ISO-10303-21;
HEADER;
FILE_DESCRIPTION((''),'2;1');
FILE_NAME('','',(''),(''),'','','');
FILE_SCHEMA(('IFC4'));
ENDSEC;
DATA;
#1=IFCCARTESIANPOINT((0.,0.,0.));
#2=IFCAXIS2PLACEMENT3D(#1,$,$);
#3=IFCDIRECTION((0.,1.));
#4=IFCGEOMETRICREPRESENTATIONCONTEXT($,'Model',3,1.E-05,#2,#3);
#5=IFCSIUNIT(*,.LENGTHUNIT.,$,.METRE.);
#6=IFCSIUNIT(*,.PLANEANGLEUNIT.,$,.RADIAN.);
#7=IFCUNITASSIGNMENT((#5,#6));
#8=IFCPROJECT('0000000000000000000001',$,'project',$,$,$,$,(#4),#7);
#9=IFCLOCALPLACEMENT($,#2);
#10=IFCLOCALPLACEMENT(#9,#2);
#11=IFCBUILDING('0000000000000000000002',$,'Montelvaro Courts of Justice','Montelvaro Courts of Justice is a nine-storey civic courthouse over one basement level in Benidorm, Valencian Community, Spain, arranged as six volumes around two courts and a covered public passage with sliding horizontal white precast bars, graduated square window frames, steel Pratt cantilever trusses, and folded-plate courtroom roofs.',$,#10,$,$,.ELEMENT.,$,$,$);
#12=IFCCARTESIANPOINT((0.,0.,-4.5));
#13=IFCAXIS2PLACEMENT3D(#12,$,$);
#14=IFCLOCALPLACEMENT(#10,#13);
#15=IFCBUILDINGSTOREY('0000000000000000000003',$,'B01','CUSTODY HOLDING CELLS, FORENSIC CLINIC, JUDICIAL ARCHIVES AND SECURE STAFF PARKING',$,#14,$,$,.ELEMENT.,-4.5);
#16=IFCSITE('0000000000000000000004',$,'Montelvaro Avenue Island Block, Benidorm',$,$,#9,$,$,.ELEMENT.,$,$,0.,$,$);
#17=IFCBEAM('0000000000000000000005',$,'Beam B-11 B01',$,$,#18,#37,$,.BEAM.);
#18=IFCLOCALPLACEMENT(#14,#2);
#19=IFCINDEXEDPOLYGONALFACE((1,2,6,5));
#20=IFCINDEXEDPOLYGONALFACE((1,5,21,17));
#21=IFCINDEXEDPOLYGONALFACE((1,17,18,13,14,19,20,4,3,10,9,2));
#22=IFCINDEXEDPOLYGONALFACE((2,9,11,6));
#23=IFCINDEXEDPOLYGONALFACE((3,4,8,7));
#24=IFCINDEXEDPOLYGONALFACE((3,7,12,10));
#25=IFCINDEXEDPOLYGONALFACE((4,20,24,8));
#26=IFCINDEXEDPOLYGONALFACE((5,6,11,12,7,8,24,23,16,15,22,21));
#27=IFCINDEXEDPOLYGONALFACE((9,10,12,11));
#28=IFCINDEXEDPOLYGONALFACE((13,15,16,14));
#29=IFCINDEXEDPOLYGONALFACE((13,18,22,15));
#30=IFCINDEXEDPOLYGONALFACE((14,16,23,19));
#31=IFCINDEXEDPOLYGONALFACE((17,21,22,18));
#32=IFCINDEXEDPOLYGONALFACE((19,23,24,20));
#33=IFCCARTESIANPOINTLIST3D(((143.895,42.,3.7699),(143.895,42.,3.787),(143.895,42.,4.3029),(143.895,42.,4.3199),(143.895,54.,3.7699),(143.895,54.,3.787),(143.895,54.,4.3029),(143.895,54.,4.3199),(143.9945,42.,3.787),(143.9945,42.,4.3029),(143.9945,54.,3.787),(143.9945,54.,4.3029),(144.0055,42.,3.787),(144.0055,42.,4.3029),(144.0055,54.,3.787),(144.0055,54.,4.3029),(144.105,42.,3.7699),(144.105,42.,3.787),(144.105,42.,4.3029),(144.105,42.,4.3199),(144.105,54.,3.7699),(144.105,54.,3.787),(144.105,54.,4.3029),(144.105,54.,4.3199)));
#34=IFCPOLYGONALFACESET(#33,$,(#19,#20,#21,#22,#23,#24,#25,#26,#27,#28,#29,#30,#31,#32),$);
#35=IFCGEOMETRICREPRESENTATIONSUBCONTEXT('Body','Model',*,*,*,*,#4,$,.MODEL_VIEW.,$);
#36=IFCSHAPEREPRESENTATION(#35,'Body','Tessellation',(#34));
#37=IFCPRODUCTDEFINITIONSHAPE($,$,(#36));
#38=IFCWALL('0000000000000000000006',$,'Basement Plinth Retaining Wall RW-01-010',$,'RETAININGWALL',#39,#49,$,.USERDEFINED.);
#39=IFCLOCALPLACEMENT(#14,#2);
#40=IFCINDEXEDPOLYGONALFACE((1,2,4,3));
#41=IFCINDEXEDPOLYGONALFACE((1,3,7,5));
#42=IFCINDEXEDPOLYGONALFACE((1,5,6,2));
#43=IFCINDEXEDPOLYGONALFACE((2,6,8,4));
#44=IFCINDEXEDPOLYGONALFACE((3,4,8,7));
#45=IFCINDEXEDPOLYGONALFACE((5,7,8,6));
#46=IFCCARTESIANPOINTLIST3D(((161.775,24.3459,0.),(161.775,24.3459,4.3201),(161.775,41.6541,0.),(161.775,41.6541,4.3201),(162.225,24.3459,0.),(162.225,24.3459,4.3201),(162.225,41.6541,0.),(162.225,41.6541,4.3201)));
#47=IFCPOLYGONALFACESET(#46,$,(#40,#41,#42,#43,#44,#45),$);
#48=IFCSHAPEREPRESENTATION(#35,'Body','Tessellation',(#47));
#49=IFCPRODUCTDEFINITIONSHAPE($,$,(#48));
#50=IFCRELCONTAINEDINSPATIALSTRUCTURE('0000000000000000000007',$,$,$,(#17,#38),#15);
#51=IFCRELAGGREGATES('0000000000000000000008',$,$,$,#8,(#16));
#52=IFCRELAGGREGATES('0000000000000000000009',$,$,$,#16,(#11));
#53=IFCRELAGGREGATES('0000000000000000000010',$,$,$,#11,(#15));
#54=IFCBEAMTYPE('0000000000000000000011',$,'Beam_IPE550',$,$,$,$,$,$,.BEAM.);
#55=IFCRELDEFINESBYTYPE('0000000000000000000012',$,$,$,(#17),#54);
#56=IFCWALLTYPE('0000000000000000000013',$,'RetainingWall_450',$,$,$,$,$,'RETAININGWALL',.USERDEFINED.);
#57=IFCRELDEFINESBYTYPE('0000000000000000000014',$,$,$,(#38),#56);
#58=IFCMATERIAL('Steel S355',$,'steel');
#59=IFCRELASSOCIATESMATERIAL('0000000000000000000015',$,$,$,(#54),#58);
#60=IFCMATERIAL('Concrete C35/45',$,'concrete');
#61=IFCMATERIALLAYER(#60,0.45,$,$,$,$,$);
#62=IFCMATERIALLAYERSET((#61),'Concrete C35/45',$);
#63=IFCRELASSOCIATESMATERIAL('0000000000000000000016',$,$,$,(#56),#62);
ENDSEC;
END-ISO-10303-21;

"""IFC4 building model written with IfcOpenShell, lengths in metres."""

from ifc_helpers import new_model, si_unit, direction, frame, frame_2d, origin, origin_2d, place, context, subcontext, project, spatial, rectangle, i_section, extrude, material, layer, layer_set, material_profile, profile_set, type_object, element, save


model = new_model("IFC4")

# Units and contexts
model_context = context("Model", 3, precision=1e-05, world=origin(), true_north=direction((0.0, 1.0)))
body_context = subcontext(model_context, "Body", "Model", "MODEL_VIEW")
ifc_project = project(units=[si_unit("LENGTHUNIT", "METRE"), si_unit("PLANEANGLEUNIT", "RADIAN")], contexts=[model_context])

# Site, building, storey
site_placement = place(None, origin())
site = spatial("IfcSite", under=ifc_project, at=site_placement, Name="Montelvaro Avenue Island Block, Benidorm", CompositionType="ELEMENT", RefElevation=0.0)
building_placement = place(site_placement, origin())
building = spatial("IfcBuilding", under=site, at=building_placement, Name="Montelvaro Courts of Justice", Description="Montelvaro Courts of Justice is a nine-storey civic courthouse over one basement level in Benidorm, Valencian Community, Spain, arranged as six volumes around two courts and a covered public passage with sliding horizontal white precast bars, graduated square window frames, steel Pratt cantilever trusses, and folded-plate courtroom roofs.", CompositionType="ELEMENT")
storey_placement = place(building_placement, frame((0.0, 0.0, -4.5)))
storey = spatial("IfcBuildingStorey", under=building, at=storey_placement, Name="B01", Description="CUSTODY HOLDING CELLS, FORENSIC CLINIC, JUDICIAL ARCHIVES AND SECURE STAFF PARKING", CompositionType="ELEMENT", Elevation=-4.5)

# Shared definitions
ifc_material_1 = material(Name="Concrete C35/45", Category="concrete")

# Beam
ifc_material_2 = material(Name="Steel S355", Category="steel")
ifc_material_profile_1 = material_profile(ifc_material_2, i_section(OverallWidth=0.21, OverallDepth=0.55, WebThickness=0.011, FlangeThickness=0.0171, at=origin_2d()), Name="IPE 550")
ifc_profile_set_1 = profile_set([ifc_material_profile_1], Name="Steel S355")
beam_type_1 = type_object("IfcBeamType", Name="Beam_IPE550", PredefinedType="BEAM", material=ifc_profile_set_1)
beam_1_placement = place(storey_placement, frame((144.0, 42.0, 4.0449), z_axis=(0.0, 1.0, 0.0), x_axis=(-1.0, 0.0, 0.0)))
element("IfcBeam", 1, at=beam_1_placement, inside=storey, type_object=beam_type_1, Name="Beam B-11 B01", PredefinedType="BEAM", context=body_context, shape_type="SweptSolid", body=[
    extrude(i_section(OverallWidth=0.21, OverallDepth=0.55, WebThickness=0.011, FlangeThickness=0.0171, at=origin_2d()), origin(), (0.0, 0.0, 1.0), 12.0),
])

# Wall
ifc_layer = layer(ifc_material_1, 0.45)
ifc_layer_set = layer_set([ifc_layer], Name="Concrete C35/45")
wall_type = type_object("IfcWallType", Name="RetainingWall_450", ElementType="RETAININGWALL", PredefinedType="USERDEFINED", material=ifc_layer_set)
wall_placement = place(storey_placement, frame((162.0, 24.3459, 0.0), z_axis=(0.0, 0.0, 1.0), x_axis=(0.0, 1.0, 0.0)))
element("IfcWall", 2, at=wall_placement, inside=storey, type_object=wall_type, Name="Basement Plinth Retaining Wall RW-01-010", ObjectType="RETAININGWALL", PredefinedType="USERDEFINED", context=body_context, shape_type="SweptSolid", body=[
    extrude(rectangle(XDim=17.3081, YDim=0.45, at=frame_2d((8.6541, 0.0))), origin(), (0.0, 0.0, 1.0), 4.3201),
])

save(model, "model.ifc")
